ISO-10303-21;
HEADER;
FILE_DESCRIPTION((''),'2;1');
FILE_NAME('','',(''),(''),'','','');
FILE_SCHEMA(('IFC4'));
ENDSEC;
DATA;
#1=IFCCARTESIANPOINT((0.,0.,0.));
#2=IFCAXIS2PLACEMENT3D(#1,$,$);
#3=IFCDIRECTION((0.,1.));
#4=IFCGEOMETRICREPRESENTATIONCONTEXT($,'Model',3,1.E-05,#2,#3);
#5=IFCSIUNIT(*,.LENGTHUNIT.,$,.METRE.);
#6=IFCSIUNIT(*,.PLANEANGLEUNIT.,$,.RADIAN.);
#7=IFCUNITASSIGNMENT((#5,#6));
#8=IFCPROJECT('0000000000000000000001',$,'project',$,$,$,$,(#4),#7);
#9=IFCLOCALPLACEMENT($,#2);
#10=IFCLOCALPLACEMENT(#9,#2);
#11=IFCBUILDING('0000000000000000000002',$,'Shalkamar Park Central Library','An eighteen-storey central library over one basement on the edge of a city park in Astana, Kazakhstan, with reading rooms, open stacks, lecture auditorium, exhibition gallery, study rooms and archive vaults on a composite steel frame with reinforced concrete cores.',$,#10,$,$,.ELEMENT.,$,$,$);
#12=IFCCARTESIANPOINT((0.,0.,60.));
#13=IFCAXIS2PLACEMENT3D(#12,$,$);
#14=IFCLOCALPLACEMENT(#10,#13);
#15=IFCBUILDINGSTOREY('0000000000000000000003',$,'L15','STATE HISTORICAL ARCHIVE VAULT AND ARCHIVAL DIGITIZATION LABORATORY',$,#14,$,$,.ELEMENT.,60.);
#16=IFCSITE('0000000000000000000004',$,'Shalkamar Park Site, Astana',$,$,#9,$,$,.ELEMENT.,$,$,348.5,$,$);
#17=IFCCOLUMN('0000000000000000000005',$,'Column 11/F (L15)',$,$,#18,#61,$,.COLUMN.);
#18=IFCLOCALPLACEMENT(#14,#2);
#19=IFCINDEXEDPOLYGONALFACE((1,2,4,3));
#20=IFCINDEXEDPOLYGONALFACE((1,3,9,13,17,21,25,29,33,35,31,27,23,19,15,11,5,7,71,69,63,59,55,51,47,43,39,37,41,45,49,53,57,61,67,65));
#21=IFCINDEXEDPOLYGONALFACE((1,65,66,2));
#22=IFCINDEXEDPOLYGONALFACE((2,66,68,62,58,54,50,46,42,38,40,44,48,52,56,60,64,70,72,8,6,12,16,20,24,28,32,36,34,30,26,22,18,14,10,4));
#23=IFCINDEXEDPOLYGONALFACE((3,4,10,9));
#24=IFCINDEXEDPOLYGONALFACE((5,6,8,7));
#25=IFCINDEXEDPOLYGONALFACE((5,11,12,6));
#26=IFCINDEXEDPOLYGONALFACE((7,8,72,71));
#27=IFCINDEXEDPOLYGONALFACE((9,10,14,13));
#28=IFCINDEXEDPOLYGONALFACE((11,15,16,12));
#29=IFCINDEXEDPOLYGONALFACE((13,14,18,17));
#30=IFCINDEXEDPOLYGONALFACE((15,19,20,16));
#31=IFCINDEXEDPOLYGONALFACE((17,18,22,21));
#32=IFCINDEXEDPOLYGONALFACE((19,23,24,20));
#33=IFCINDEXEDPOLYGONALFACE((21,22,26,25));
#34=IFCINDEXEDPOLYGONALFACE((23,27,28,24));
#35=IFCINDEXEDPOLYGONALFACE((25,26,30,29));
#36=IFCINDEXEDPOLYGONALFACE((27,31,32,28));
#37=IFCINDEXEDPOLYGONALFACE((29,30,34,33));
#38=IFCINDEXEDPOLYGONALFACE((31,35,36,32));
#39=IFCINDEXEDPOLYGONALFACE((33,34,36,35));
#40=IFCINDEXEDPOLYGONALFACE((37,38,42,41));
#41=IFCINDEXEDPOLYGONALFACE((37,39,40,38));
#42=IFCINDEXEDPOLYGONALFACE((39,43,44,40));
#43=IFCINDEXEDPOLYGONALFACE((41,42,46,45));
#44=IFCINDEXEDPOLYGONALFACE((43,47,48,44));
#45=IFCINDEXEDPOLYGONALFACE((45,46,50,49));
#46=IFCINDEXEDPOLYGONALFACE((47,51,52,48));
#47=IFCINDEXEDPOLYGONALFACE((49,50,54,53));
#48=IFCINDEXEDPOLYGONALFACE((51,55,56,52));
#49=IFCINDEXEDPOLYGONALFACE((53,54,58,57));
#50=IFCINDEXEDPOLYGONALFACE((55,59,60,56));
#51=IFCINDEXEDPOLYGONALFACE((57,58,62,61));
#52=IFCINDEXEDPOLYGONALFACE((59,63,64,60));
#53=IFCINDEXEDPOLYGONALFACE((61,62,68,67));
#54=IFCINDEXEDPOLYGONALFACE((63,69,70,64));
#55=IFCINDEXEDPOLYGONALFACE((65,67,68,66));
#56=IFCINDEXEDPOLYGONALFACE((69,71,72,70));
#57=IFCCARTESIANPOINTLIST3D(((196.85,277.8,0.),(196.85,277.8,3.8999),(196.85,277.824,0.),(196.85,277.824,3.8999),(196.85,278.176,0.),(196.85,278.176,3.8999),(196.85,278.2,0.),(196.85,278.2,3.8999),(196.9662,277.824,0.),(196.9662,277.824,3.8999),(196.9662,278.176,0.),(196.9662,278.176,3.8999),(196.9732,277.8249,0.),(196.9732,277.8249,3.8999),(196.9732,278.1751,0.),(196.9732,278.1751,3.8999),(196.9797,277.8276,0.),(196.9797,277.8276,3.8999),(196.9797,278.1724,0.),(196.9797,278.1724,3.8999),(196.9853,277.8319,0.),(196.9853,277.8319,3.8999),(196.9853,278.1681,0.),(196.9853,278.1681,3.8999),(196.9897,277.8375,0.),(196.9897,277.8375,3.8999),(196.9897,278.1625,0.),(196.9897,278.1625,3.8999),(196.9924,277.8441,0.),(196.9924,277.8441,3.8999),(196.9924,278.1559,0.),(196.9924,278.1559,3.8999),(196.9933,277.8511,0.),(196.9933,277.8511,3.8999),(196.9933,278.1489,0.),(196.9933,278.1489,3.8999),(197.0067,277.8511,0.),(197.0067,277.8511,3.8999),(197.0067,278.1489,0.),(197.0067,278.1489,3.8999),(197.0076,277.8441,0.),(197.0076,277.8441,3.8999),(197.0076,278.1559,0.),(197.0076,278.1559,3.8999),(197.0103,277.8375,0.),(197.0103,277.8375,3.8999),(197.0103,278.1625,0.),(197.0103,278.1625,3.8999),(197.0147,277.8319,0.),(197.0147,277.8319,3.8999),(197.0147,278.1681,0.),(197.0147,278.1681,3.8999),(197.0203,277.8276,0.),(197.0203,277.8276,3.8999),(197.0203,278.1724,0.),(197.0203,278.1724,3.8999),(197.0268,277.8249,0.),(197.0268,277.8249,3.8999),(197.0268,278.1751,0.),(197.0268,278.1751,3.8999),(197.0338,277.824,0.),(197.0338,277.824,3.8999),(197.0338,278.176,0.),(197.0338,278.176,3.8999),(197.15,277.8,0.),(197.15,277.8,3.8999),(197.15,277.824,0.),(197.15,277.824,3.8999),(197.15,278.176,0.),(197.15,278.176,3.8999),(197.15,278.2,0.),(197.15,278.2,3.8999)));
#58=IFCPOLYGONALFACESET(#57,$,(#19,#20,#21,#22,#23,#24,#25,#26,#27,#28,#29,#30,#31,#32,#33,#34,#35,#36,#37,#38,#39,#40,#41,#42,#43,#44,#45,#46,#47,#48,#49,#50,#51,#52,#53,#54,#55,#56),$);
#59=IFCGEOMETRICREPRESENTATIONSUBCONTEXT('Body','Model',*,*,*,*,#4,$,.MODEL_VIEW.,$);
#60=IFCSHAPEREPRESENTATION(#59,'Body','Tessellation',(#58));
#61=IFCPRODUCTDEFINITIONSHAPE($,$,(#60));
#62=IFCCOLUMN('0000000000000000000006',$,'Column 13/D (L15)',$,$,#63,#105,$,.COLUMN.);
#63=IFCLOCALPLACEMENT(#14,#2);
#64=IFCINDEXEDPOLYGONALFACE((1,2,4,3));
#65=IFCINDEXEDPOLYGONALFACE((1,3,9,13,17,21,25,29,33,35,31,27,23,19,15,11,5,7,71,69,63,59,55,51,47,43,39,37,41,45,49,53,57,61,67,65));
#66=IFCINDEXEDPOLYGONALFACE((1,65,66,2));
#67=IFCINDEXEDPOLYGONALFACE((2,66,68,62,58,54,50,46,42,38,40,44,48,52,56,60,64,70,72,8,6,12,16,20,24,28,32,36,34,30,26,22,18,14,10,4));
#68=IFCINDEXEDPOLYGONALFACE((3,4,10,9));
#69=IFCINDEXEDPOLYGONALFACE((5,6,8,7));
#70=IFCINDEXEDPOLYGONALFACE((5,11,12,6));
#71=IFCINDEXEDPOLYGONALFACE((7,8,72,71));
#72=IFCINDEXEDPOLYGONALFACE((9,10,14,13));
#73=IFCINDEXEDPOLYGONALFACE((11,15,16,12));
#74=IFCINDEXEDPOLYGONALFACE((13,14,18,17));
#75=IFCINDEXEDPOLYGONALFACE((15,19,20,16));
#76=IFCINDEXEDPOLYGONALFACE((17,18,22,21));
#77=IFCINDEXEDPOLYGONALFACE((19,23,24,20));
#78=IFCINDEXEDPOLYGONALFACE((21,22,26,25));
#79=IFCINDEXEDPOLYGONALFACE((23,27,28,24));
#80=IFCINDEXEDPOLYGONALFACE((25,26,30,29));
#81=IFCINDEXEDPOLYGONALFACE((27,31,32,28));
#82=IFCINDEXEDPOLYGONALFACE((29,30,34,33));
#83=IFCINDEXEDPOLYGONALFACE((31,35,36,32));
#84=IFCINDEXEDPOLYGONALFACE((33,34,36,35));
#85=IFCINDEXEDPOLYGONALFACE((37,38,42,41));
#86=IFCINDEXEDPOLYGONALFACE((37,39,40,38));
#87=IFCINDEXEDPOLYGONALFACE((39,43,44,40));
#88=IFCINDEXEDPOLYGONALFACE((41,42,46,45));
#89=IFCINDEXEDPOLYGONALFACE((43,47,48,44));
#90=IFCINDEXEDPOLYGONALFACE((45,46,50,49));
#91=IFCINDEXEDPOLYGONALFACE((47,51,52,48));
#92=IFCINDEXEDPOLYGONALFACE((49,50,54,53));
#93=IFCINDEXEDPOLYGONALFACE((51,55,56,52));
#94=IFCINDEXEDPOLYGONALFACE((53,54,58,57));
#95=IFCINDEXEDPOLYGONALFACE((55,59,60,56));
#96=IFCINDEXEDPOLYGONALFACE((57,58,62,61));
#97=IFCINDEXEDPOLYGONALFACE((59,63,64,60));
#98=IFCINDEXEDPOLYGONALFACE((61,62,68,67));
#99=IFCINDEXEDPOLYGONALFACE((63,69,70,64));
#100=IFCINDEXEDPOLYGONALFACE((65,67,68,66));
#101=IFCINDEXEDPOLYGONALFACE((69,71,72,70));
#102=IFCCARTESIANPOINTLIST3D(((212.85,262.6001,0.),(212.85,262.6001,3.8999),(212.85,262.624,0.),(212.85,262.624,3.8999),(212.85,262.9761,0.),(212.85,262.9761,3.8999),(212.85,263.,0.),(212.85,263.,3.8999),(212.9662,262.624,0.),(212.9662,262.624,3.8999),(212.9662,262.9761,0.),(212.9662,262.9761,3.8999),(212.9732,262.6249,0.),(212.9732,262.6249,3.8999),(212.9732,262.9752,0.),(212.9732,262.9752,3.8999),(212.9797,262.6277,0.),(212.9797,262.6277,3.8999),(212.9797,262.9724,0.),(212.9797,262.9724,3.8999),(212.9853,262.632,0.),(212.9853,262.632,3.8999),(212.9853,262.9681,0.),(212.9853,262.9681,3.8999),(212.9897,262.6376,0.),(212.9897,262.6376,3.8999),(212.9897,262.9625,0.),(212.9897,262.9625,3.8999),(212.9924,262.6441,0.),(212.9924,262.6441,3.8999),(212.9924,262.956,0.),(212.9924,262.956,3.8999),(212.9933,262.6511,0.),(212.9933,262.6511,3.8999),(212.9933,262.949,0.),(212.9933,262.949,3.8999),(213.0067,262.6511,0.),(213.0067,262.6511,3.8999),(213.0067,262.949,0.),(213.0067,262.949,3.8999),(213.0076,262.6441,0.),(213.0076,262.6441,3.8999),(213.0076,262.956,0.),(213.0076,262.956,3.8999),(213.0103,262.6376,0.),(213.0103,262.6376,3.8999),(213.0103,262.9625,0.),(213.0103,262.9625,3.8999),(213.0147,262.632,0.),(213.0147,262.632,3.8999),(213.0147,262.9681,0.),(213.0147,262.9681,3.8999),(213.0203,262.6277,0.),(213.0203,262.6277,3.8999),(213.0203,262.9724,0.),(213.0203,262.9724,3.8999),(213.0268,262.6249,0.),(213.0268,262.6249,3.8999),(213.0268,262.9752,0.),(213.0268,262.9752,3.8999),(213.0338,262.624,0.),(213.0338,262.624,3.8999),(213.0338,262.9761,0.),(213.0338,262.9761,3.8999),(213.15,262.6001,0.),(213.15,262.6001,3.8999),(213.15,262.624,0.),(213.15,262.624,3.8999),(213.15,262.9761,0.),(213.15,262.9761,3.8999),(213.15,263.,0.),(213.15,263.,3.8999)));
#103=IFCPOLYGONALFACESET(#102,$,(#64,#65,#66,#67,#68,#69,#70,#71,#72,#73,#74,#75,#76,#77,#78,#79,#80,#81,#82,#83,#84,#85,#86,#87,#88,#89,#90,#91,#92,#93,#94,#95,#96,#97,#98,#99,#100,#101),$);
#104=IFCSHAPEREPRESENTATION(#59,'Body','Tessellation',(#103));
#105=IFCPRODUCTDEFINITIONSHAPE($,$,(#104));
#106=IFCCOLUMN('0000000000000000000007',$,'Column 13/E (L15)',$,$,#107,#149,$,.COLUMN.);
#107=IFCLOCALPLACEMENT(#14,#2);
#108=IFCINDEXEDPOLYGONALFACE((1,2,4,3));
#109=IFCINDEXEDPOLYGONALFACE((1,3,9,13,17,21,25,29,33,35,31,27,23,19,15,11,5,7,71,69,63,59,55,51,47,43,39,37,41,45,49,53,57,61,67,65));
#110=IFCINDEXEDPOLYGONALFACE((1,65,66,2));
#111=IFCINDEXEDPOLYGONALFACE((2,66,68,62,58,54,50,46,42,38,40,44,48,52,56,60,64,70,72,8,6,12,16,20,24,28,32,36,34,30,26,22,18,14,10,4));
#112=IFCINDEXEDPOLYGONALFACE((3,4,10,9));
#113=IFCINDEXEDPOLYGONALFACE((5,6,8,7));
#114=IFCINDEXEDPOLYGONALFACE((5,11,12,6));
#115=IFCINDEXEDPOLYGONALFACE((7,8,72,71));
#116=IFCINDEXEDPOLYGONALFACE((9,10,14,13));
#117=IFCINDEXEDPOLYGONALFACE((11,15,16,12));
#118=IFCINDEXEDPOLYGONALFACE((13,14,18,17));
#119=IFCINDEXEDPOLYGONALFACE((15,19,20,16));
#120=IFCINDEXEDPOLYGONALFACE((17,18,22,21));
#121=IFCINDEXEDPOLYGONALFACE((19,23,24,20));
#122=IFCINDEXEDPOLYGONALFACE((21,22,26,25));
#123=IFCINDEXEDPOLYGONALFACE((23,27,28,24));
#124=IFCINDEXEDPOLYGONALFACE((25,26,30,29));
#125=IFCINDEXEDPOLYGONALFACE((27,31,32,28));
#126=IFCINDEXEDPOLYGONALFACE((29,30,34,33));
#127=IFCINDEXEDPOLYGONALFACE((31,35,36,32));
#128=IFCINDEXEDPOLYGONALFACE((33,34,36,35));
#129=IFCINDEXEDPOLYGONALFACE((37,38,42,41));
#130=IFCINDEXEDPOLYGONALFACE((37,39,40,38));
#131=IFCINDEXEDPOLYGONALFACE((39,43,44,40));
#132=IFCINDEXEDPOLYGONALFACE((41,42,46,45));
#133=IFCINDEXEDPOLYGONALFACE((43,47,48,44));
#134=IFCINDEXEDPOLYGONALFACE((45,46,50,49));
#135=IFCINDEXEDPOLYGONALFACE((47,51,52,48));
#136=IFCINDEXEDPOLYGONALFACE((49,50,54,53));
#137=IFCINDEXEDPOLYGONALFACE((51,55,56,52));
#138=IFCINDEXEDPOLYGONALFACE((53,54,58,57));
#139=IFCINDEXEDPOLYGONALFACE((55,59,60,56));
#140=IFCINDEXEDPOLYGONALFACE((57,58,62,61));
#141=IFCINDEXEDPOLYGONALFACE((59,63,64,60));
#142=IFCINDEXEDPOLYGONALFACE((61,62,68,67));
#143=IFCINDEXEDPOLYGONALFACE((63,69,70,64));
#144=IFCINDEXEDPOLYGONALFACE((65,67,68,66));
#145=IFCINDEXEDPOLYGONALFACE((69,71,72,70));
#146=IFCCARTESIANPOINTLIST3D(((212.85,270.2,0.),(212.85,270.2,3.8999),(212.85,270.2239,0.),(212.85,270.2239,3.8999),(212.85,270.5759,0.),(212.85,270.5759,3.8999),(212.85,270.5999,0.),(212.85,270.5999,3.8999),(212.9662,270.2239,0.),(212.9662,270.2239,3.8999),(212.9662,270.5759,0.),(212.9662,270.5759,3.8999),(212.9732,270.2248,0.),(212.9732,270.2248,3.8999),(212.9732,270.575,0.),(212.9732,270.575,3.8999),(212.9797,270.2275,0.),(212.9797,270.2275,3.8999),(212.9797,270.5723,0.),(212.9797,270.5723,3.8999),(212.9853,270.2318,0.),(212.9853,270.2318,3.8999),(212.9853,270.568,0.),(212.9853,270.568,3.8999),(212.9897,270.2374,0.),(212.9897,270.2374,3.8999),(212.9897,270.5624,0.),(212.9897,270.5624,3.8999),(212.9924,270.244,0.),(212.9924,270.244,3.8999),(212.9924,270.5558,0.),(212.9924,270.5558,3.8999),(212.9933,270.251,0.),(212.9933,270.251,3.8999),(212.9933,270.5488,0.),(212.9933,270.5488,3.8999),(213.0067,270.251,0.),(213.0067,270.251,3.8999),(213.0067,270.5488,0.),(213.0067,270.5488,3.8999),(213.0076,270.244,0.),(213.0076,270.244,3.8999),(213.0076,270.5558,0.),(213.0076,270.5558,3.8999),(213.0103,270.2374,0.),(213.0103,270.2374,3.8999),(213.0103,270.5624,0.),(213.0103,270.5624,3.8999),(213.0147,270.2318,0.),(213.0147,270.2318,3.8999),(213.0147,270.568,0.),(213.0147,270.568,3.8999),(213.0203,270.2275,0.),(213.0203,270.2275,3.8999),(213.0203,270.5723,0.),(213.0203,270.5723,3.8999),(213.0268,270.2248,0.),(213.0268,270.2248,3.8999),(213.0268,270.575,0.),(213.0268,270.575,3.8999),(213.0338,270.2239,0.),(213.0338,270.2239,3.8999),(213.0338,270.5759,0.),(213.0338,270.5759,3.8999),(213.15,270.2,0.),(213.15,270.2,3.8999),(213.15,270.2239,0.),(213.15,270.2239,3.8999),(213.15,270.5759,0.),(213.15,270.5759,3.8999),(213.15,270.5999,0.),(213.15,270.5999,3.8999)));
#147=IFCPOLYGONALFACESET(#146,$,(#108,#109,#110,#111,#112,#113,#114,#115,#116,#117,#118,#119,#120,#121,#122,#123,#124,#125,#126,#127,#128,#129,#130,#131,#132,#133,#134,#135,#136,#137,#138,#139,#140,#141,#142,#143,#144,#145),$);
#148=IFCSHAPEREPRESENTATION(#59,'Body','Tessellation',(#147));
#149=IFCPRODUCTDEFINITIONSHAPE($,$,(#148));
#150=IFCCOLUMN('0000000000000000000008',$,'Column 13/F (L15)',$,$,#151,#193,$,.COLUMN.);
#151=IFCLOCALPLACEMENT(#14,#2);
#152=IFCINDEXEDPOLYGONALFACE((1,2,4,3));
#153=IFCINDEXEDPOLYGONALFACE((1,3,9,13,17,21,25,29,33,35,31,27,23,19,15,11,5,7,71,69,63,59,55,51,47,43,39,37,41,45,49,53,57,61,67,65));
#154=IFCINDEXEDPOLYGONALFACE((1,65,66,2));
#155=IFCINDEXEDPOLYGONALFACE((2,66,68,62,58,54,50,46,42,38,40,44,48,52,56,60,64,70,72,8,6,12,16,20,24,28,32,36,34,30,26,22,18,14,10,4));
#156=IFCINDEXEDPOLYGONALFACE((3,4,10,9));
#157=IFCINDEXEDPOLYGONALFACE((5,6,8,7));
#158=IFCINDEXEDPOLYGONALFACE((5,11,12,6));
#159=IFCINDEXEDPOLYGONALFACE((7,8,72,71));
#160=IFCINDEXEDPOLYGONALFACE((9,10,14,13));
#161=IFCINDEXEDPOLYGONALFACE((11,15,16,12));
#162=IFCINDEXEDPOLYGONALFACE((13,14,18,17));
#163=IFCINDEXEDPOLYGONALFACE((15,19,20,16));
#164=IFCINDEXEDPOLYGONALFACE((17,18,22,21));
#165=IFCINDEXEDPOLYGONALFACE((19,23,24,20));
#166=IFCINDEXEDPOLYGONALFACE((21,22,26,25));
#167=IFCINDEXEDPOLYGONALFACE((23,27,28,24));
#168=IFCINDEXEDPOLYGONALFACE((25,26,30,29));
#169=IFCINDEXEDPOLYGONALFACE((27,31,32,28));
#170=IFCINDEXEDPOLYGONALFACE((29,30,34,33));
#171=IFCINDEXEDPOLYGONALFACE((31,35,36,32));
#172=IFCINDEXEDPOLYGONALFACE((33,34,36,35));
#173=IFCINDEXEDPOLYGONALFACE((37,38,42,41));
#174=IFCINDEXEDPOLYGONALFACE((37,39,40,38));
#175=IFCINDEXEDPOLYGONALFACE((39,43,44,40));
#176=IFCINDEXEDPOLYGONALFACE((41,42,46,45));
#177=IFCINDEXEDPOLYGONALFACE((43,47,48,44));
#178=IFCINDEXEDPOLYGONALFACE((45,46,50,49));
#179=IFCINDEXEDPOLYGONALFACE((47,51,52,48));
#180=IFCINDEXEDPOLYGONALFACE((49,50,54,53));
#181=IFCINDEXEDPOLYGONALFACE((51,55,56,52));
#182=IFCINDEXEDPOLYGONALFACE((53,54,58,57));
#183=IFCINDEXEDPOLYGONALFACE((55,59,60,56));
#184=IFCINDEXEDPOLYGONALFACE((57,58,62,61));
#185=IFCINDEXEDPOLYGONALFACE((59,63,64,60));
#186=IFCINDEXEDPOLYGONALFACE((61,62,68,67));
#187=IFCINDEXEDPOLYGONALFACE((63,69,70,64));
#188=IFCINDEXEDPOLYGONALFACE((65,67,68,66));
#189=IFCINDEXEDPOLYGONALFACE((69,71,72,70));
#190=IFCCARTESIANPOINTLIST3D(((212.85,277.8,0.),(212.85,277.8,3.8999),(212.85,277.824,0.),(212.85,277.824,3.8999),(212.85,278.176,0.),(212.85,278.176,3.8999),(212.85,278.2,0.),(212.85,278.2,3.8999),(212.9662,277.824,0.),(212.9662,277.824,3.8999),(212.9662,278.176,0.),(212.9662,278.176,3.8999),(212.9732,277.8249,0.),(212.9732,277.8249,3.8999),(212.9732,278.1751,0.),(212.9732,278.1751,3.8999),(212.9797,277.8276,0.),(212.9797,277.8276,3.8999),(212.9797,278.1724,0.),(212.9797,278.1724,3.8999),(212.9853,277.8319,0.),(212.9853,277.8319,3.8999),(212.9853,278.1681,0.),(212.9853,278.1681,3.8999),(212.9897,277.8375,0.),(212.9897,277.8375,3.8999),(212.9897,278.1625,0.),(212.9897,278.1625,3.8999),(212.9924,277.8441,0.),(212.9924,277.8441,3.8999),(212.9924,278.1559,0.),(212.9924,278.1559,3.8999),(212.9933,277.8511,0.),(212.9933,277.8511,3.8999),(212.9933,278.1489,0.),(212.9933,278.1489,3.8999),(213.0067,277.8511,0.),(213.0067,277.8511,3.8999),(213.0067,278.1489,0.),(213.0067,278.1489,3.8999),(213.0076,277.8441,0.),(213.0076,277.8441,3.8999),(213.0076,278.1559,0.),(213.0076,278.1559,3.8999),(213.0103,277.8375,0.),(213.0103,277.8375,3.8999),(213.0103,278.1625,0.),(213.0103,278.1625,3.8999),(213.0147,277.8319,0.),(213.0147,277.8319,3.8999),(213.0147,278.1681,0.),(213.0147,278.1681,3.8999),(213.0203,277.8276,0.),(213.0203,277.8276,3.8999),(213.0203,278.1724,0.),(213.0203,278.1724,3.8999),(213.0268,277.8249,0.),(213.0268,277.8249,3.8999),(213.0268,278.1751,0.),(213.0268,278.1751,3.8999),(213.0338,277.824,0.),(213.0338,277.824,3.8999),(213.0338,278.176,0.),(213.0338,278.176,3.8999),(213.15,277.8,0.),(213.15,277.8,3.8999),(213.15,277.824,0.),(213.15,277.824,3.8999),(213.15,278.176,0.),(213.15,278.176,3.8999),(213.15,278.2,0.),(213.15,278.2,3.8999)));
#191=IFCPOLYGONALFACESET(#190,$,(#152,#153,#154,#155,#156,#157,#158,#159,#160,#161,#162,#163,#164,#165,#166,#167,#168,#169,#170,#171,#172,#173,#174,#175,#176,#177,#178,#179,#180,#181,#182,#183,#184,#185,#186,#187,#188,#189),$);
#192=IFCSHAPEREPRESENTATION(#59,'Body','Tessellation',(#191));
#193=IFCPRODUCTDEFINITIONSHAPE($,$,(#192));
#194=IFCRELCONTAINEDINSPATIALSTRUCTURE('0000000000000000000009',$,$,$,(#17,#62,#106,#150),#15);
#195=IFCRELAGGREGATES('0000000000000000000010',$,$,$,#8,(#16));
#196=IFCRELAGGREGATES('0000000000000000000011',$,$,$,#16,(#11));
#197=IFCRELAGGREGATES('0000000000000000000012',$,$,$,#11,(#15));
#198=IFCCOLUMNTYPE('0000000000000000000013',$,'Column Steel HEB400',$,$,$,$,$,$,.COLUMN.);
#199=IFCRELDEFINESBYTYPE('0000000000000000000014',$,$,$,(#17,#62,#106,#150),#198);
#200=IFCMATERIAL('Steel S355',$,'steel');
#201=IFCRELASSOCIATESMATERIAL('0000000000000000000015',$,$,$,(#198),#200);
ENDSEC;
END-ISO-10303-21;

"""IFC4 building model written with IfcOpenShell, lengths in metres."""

from ifc_helpers import new_model, si_unit, direction, frame, origin, origin_2d, place, context, subcontext, project, spatial, i_section, extrude, material, material_profile, profile_set, type_object, element, save


model = new_model("IFC4")

# Units and contexts
model_context = context("Model", 3, precision=1e-05, world=origin(), true_north=direction((0.0, 1.0)))
body_context = subcontext(model_context, "Body", "Model", "MODEL_VIEW")
ifc_project = project(units=[si_unit("LENGTHUNIT", "METRE"), si_unit("PLANEANGLEUNIT", "RADIAN")], contexts=[model_context])

# Site, building, storey
site_placement = place(None, origin())
site = spatial("IfcSite", under=ifc_project, at=site_placement, Name="Shalkamar Park Site, Astana", CompositionType="ELEMENT", RefElevation=348.5)
building_placement = place(site_placement, origin())
building = spatial("IfcBuilding", under=site, at=building_placement, Name="Shalkamar Park Central Library", Description="An eighteen-storey central library over one basement on the edge of a city park in Astana, Kazakhstan, with reading rooms, open stacks, lecture auditorium, exhibition gallery, study rooms and archive vaults on a composite steel frame with reinforced concrete cores.", CompositionType="ELEMENT")
storey_placement = place(building_placement, frame((0.0, 0.0, 60.0)))
storey = spatial("IfcBuildingStorey", under=building, at=storey_placement, Name="L15", Description="STATE HISTORICAL ARCHIVE VAULT AND ARCHIVAL DIGITIZATION LABORATORY", CompositionType="ELEMENT", Elevation=60.0)

# Columns
ifc_material_1 = material(Name="Steel S355", Category="steel")
ifc_material_profile_1 = material_profile(ifc_material_1, i_section(OverallWidth=0.3, OverallDepth=0.3999, WebThickness=0.0134, FlangeThickness=0.0239, FilletRadius=0.0271, at=origin_2d()), Name="HEB 400")
ifc_profile_set_1 = profile_set([ifc_material_profile_1], Name="Steel S355")
column_type_1 = type_object("IfcColumnType", Name="Column Steel HEB400", PredefinedType="COLUMN", material=ifc_profile_set_1)
for number, where, z_axis, x_axis, name in (
    (1, (197.0, 278.0, 0.0), (0.0, 0.0, 1.0), (1.0, 0.0, 0.0), "Column 11/F (L15)"),
    (2, (213.0, 262.8, 0.0), (0.0, 0.0, 1.0), (1.0, 0.0, 0.0), "Column 13/D (L15)"),
    (3, (213.0, 270.3999, 0.0), (0.0, 0.0, 1.0), (1.0, 0.0, 0.0), "Column 13/E (L15)"),
    (4, (213.0, 278.0, 0.0), (0.0, 0.0, 1.0), (1.0, 0.0, 0.0), "Column 13/F (L15)"),
):
    element("IfcColumn", number, at=place(storey_placement, frame(where, z_axis=z_axis, x_axis=x_axis)), inside=storey, type_object=column_type_1, Name=name, PredefinedType="COLUMN", context=body_context, shape_type="SweptSolid", body=[
        extrude(i_section(OverallWidth=0.3, OverallDepth=0.3999, WebThickness=0.0134, FlangeThickness=0.0239, FilletRadius=0.0271, at=origin_2d()), origin(), (0.0, 0.0, 1.0), 3.8999),
    ])

save(model, "model.ifc")
